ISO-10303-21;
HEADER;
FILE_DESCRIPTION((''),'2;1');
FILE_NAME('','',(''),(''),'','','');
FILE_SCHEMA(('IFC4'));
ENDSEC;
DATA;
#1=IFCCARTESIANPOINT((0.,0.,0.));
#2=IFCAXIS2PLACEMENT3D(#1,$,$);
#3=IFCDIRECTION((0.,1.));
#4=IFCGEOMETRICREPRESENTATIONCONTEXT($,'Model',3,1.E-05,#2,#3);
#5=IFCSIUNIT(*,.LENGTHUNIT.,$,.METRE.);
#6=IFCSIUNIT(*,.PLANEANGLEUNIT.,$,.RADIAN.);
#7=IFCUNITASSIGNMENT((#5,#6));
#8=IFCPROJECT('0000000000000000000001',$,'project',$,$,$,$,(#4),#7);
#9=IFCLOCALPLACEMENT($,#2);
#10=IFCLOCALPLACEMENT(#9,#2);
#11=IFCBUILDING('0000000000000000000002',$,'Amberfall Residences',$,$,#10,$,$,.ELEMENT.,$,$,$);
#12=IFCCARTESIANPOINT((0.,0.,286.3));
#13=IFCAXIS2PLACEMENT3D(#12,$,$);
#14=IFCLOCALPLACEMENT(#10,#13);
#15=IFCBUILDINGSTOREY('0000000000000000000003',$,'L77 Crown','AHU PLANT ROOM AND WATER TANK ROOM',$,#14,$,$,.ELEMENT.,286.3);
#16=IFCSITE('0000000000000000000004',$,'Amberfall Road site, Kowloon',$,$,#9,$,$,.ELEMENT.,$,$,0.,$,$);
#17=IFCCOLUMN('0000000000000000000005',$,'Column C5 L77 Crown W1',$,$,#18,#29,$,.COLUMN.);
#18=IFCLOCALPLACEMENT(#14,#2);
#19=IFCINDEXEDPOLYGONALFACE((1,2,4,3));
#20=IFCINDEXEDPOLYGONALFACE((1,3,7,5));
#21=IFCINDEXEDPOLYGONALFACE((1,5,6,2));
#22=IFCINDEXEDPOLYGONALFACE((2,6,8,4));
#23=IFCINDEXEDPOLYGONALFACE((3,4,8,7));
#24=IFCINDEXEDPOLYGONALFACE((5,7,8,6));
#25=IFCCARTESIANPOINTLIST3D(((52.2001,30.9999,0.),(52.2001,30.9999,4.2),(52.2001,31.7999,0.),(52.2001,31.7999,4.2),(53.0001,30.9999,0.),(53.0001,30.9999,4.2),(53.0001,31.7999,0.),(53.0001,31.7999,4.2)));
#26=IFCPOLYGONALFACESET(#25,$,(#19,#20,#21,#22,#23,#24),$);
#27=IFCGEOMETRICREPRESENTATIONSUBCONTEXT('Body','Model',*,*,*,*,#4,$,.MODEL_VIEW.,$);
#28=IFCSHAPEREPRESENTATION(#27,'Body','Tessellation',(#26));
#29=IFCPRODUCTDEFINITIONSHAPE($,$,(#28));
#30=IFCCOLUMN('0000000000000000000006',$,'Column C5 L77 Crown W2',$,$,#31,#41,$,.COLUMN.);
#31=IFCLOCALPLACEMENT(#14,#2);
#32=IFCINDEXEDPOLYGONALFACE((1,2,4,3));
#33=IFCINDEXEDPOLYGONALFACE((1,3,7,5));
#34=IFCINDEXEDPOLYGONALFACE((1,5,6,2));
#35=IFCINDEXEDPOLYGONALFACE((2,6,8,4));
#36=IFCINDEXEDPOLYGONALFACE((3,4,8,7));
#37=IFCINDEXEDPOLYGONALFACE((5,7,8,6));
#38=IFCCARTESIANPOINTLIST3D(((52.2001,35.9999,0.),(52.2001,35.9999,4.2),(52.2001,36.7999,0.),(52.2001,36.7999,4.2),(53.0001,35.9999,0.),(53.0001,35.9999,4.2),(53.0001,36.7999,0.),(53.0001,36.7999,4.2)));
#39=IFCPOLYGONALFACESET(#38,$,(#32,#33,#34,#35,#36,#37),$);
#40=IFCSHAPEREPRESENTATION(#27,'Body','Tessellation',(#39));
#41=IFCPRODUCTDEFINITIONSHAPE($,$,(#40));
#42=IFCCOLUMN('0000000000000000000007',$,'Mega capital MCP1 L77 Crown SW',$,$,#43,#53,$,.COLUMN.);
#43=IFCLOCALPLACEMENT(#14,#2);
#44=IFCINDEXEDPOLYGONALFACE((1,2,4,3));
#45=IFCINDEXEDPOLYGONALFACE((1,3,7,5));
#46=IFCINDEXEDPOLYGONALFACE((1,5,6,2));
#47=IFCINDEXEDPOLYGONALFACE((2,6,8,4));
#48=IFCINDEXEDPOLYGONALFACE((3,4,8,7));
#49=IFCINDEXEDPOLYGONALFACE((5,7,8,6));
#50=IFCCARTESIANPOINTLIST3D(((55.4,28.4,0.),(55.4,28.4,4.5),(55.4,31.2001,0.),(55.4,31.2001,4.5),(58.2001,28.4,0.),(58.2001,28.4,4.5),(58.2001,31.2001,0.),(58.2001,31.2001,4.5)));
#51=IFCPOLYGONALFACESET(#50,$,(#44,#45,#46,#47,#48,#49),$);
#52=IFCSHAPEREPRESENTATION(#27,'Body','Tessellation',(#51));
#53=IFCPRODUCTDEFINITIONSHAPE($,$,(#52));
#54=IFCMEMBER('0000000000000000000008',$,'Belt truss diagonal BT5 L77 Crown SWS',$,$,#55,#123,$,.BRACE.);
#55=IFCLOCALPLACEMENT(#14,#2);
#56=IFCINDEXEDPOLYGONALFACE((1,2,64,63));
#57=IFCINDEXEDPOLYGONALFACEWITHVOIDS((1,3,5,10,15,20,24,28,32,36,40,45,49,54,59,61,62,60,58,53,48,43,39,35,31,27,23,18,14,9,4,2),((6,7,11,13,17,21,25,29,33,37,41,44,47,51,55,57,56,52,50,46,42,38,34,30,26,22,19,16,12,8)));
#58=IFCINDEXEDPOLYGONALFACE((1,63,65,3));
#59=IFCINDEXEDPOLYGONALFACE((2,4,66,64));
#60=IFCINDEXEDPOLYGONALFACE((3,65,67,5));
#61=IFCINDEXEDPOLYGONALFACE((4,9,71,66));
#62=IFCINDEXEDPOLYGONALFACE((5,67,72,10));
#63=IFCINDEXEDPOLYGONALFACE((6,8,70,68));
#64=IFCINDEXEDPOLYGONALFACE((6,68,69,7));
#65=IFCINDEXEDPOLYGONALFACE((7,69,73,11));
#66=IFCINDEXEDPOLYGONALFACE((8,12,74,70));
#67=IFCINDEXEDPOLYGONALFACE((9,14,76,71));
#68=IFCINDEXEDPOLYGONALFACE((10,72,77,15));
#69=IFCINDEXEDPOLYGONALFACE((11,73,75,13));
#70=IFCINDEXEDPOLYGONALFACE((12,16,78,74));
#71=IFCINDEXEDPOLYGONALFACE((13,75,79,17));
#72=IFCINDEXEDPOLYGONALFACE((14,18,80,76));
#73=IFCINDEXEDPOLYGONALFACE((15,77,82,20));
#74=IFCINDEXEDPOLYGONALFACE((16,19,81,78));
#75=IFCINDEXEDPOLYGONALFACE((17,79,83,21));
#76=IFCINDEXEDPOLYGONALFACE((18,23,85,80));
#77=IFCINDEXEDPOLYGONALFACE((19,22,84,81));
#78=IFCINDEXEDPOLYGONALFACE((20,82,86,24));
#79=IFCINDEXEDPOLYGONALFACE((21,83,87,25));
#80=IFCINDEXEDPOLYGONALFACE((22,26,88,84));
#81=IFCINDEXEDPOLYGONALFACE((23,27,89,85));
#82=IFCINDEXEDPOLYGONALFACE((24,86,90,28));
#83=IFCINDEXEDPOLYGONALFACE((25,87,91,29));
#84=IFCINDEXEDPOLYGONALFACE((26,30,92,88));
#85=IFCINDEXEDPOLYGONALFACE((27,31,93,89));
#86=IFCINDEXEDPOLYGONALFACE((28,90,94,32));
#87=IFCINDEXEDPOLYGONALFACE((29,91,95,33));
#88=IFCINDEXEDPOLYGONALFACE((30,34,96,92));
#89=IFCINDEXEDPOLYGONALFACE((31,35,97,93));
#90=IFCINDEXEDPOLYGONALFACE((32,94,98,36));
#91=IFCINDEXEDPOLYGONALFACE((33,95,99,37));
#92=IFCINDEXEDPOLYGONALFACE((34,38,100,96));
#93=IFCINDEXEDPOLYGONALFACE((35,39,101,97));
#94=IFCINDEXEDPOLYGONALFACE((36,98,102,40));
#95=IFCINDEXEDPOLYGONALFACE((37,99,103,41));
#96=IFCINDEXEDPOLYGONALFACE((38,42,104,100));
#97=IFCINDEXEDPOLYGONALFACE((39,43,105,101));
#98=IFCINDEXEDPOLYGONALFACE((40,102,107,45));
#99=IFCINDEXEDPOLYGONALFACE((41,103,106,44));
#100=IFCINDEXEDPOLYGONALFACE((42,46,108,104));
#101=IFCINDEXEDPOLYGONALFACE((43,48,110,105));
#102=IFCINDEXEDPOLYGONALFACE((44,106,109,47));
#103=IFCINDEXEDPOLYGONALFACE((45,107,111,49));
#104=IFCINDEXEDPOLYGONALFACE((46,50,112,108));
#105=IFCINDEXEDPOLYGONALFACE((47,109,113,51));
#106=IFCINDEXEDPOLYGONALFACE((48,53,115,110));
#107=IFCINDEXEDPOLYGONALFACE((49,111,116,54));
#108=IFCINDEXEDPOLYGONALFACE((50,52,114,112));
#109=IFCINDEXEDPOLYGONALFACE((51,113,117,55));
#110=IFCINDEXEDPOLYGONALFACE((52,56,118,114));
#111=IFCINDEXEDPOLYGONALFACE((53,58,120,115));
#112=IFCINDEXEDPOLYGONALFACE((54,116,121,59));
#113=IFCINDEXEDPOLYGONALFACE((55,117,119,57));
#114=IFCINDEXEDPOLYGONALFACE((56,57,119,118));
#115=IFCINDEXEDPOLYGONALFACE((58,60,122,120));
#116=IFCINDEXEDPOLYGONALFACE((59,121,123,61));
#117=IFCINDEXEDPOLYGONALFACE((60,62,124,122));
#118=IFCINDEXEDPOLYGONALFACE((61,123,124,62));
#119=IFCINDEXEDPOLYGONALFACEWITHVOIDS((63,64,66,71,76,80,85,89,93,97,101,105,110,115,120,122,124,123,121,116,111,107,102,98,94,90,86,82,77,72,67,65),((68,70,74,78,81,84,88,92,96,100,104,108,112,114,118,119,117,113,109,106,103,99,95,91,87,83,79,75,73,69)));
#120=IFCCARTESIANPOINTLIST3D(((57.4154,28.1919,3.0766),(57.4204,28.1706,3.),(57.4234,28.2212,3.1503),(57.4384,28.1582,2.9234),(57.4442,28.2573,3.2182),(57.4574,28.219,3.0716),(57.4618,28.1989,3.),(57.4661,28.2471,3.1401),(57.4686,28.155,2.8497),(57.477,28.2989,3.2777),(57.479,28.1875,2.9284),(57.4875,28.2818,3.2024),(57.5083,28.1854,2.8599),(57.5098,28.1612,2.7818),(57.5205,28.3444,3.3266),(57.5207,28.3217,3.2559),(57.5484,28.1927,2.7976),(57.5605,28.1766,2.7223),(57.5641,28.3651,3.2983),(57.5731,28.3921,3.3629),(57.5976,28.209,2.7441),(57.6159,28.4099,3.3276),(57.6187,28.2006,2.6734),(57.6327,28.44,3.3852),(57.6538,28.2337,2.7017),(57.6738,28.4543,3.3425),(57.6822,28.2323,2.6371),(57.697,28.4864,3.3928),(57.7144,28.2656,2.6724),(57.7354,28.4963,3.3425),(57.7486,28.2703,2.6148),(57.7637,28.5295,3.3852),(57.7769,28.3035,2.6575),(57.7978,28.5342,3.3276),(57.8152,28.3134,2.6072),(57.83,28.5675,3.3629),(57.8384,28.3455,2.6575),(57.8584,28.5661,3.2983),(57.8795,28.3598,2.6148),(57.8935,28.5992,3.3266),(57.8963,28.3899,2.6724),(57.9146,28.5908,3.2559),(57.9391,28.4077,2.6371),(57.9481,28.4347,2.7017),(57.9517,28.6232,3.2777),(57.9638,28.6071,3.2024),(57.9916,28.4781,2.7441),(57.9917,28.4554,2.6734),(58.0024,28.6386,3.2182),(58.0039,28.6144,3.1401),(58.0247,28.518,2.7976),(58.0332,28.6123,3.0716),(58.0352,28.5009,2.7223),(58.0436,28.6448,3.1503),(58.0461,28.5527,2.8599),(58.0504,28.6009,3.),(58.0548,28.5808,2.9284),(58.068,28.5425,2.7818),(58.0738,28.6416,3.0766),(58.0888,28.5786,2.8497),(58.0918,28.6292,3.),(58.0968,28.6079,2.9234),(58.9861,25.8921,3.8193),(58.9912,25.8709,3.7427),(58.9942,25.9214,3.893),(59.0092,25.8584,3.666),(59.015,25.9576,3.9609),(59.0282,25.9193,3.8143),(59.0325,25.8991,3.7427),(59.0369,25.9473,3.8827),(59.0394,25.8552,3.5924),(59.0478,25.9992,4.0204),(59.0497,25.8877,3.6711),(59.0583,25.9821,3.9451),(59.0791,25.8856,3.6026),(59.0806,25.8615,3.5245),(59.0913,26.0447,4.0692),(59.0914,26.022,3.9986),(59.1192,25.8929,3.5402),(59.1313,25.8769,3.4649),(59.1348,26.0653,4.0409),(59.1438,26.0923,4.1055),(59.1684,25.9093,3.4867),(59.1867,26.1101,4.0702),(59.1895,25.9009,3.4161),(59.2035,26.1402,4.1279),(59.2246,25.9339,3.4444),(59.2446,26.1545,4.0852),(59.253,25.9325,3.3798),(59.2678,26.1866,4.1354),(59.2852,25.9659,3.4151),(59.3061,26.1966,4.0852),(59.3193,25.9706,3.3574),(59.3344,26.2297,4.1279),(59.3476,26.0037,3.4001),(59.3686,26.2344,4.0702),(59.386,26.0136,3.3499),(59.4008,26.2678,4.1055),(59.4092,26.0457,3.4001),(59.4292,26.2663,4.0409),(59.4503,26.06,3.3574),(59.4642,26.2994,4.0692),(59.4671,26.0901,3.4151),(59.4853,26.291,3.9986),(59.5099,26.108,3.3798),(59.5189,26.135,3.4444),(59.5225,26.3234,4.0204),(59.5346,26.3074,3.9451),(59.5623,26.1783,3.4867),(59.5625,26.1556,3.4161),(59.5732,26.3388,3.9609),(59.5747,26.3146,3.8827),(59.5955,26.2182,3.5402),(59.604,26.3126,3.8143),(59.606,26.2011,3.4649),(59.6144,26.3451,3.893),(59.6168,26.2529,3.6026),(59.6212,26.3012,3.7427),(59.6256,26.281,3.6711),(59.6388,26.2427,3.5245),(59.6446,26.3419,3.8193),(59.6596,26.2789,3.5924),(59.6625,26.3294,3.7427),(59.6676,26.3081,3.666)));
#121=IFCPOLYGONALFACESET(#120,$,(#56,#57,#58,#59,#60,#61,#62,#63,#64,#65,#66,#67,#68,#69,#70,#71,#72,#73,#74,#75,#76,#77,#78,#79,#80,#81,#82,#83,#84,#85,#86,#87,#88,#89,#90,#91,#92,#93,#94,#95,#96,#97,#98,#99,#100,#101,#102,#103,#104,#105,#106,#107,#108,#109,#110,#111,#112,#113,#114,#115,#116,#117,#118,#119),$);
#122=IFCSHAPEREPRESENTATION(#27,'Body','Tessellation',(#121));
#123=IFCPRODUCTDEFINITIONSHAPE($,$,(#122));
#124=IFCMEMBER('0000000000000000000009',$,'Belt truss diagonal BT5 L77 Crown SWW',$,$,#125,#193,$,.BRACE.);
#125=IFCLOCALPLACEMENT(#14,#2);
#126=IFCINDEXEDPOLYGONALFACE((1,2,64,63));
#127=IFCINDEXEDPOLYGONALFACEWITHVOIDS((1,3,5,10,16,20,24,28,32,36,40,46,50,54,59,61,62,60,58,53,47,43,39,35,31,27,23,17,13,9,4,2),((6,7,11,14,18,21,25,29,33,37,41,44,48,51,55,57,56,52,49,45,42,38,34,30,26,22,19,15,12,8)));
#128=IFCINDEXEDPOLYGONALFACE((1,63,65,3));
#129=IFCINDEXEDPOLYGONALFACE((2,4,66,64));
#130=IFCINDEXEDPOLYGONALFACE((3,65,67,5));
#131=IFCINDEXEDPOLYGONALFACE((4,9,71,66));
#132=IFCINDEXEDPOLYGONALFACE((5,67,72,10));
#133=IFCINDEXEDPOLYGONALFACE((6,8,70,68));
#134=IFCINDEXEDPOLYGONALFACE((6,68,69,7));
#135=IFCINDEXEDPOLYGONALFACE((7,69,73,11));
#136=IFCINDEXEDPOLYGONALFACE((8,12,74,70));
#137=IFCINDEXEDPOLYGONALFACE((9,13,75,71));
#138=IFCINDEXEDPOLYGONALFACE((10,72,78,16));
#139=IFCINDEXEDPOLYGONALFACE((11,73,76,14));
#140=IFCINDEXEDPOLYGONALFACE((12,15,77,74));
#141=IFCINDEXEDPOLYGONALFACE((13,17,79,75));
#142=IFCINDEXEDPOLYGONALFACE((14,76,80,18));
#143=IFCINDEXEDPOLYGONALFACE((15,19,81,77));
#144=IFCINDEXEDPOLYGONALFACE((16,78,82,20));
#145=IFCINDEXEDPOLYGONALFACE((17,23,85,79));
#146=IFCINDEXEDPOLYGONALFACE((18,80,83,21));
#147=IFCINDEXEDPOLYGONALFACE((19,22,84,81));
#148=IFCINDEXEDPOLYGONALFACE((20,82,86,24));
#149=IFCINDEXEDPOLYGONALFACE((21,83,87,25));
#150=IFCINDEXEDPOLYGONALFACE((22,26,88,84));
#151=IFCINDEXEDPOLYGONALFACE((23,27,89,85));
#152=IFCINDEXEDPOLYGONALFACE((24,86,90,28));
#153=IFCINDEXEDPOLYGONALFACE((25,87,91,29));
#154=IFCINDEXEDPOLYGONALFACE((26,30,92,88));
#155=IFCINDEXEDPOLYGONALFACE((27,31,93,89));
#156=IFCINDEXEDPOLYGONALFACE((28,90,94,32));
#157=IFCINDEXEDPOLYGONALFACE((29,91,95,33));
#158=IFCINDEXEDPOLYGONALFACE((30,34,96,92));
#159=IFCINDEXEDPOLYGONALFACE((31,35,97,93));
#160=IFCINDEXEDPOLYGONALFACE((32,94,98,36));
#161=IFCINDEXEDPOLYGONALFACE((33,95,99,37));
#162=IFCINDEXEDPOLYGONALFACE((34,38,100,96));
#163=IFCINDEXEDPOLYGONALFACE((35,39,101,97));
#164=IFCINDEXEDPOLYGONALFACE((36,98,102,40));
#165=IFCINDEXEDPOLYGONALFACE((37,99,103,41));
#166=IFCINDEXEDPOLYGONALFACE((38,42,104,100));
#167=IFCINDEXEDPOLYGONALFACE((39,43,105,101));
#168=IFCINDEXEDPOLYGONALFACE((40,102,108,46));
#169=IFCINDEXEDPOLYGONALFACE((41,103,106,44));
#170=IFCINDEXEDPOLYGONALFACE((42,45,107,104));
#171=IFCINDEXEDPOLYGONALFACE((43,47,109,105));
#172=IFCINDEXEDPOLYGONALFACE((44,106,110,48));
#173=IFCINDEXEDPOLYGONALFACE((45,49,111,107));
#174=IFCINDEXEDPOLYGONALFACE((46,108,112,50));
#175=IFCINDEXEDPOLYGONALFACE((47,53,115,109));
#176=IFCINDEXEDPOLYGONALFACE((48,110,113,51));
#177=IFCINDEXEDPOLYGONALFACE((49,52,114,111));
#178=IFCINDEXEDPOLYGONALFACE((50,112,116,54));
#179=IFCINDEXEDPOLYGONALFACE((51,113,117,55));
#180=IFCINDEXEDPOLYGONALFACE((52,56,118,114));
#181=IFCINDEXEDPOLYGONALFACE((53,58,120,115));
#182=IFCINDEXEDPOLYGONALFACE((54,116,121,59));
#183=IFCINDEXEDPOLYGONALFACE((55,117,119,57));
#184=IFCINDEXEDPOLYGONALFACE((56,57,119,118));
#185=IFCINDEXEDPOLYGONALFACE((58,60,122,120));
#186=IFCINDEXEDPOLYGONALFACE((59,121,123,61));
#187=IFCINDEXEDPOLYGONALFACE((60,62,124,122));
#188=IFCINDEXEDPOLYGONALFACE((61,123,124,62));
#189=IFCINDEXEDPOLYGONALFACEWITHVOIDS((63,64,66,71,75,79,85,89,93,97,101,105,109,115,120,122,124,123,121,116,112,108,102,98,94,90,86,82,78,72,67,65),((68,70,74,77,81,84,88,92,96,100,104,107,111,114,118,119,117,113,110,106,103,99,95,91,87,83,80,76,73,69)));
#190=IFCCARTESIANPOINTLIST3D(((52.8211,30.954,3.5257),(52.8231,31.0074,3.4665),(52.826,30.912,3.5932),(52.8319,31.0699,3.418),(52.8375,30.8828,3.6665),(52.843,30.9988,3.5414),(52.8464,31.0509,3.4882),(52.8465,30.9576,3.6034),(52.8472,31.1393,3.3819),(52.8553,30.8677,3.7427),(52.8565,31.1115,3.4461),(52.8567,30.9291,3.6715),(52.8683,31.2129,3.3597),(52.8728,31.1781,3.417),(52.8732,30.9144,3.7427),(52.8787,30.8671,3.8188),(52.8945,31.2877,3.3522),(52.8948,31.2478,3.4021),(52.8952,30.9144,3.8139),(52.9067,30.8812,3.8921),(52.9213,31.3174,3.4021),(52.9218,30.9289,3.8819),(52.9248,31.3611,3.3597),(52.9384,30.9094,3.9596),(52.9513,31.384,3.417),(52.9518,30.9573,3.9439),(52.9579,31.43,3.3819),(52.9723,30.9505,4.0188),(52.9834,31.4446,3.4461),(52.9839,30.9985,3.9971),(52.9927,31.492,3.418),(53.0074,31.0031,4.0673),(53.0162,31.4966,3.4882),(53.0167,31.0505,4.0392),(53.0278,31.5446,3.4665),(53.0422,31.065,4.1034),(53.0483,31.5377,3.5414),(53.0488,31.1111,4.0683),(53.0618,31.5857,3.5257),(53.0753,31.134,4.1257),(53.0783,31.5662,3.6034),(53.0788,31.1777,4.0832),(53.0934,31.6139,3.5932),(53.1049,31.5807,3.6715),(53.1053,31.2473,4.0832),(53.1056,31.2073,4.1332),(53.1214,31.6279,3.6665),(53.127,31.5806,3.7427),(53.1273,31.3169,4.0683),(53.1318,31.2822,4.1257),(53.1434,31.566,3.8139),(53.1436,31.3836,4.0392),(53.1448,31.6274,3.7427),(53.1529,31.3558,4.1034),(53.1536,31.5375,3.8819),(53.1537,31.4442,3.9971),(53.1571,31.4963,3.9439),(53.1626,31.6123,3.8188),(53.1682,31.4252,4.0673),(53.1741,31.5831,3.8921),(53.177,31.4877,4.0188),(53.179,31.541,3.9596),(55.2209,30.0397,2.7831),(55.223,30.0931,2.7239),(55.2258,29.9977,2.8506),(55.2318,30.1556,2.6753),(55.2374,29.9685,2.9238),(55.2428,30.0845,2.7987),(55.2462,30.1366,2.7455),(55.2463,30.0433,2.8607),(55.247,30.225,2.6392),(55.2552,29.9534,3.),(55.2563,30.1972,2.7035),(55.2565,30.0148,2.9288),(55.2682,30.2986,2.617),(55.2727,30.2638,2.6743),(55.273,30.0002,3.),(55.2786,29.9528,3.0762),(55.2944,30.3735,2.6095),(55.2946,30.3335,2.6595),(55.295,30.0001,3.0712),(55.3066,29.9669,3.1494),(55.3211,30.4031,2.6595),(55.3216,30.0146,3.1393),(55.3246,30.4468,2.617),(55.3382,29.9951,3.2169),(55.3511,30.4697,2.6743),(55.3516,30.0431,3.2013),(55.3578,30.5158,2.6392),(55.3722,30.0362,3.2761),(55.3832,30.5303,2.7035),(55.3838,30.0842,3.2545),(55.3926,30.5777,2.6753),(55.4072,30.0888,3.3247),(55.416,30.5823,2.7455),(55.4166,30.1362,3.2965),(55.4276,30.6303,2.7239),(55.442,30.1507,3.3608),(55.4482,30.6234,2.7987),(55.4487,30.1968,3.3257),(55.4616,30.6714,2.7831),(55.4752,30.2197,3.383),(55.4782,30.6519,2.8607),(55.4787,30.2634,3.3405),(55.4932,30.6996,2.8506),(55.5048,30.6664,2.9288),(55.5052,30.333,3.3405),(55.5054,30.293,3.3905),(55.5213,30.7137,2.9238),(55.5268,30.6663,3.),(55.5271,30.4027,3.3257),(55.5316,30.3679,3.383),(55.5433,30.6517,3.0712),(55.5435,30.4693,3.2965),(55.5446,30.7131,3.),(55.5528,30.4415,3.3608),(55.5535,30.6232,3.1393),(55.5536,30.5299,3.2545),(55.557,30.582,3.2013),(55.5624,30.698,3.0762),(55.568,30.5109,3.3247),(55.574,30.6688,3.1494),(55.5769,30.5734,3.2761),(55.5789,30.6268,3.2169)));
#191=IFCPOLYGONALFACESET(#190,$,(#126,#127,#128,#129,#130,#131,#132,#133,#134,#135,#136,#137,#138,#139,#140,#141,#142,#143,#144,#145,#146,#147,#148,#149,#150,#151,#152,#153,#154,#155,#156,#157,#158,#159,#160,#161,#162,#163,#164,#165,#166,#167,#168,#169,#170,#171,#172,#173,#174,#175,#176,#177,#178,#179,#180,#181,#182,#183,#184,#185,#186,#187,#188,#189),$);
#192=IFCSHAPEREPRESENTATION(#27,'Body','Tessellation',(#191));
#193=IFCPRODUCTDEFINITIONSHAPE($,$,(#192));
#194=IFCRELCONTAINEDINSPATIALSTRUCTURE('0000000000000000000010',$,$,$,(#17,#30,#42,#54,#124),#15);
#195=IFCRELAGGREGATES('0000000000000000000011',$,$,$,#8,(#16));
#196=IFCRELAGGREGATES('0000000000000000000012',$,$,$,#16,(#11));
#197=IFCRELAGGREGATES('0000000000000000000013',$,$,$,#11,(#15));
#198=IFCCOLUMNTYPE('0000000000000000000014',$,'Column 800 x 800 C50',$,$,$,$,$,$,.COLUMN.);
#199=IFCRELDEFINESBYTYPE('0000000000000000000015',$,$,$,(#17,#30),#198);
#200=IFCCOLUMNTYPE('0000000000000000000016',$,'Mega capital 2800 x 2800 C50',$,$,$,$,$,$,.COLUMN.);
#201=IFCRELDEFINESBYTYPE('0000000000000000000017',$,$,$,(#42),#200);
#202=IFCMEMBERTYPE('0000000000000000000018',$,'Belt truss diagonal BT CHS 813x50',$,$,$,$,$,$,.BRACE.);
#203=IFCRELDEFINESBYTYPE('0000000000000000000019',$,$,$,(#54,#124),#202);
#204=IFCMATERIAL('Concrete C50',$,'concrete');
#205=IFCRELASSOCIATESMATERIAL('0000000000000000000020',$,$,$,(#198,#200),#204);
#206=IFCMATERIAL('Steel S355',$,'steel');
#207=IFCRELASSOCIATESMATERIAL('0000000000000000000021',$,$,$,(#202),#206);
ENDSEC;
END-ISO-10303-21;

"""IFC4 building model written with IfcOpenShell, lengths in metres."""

from ifc_helpers import new_model, si_unit, direction, frame, origin, origin_2d, place, context, subcontext, project, spatial, rectangle, hollow_circle, extrude, material, material_profile, profile_set, type_object, element, save


model = new_model("IFC4")

# Units and contexts
model_context = context("Model", 3, precision=1e-05, world=origin(), true_north=direction((0.0, 1.0)))
body_context = subcontext(model_context, "Body", "Model", "MODEL_VIEW")
ifc_project = project(units=[si_unit("LENGTHUNIT", "METRE"), si_unit("PLANEANGLEUNIT", "RADIAN")], contexts=[model_context])

# Site, building, storey
site_placement = place(None, origin())
site = spatial("IfcSite", under=ifc_project, at=site_placement, Name="Amberfall Road site, Kowloon", CompositionType="ELEMENT", RefElevation=0.0)
building_placement = place(site_placement, origin())
building = spatial("IfcBuilding", under=site, at=building_placement, Name="Amberfall Residences", CompositionType="ELEMENT")
storey_placement = place(building_placement, frame((0.0, 0.0, 286.3)))
storey = spatial("IfcBuildingStorey", under=building, at=storey_placement, Name="L77 Crown", Description="AHU PLANT ROOM AND WATER TANK ROOM", CompositionType="ELEMENT", Elevation=286.3)

# Columns
ifc_material_1 = material(Name="Concrete C50", Category="concrete")
ifc_material_profile_1 = material_profile(ifc_material_1, rectangle(XDim=0.8, YDim=0.8, at=origin_2d()), Name="Column 800 x 800 C50")
ifc_profile_set_1 = profile_set([ifc_material_profile_1], Name="Concrete C50")
column_type_1 = type_object("IfcColumnType", Name="Column 800 x 800 C50", PredefinedType="COLUMN", material=ifc_profile_set_1)
for number, where, z_axis, x_axis, name in (
    (1, (52.6001, 31.3999, 0.0), (0.0, 0.0, 1.0), (1.0, 0.0, 0.0), "Column C5 L77 Crown W1"),
    (2, (52.6001, 36.3999, 0.0), (0.0, 0.0, 1.0), (1.0, 0.0, 0.0), "Column C5 L77 Crown W2"),
):
    element("IfcColumn", number, at=place(storey_placement, frame(where, z_axis=z_axis, x_axis=x_axis)), inside=storey, type_object=column_type_1, Name=name, PredefinedType="COLUMN", context=body_context, shape_type="SweptSolid", body=[
        extrude(rectangle(XDim=0.8, YDim=0.8, at=origin_2d()), origin(), (0.0, 0.0, 1.0), 4.2),
    ])
ifc_material_profile_2 = material_profile(ifc_material_1, rectangle(XDim=2.8, YDim=2.8, at=origin_2d()), Name="Mega capital 2800 x 2800 C50")
ifc_profile_set_2 = profile_set([ifc_material_profile_2], Name="Concrete C50")
column_type_2 = type_object("IfcColumnType", Name="Mega capital 2800 x 2800 C50", PredefinedType="COLUMN", material=ifc_profile_set_2)
column_placement = place(storey_placement, frame((56.8, 29.8, 0.0), z_axis=(0.0, 0.0, 1.0), x_axis=(1.0, 0.0, 0.0)))
element("IfcColumn", 3, at=column_placement, inside=storey, type_object=column_type_2, Name="Mega capital MCP1 L77 Crown SW", PredefinedType="COLUMN", context=body_context, shape_type="SweptSolid", body=[
    extrude(rectangle(XDim=2.8, YDim=2.8, at=origin_2d()), origin(), (0.0, 0.0, 1.0), 4.5),
])

# Members
ifc_material_2 = material(Name="Steel S355", Category="steel")
ifc_material_profile_3 = material_profile(ifc_material_2, hollow_circle(Radius=0.4065, WallThickness=0.05, at=origin_2d()), Name="CHS 813x50")
ifc_profile_set_3 = profile_set([ifc_material_profile_3], Name="Steel S355")
member_type_1 = type_object("IfcMemberType", Name="Belt truss diagonal BT CHS 813x50", PredefinedType="BRACE", material=ifc_profile_set_3)
member_1_placement = place(storey_placement, frame((57.7561, 28.3999, 3.0), z_axis=(0.544968, -0.797885, 0.257661), x_axis=(0.825767, 0.564011, 0.0)))
element("IfcMember", 4, at=member_1_placement, inside=storey, type_object=member_type_1, Name="Belt truss diagonal BT5 L77 Crown SWS", PredefinedType="BRACE", context=body_context, shape_type="SweptSolid", body=[
    extrude(hollow_circle(Radius=0.4065, WallThickness=0.05, at=origin_2d()), origin(), (0.0, 0.0, 1.0), 2.8823),
])
member_2_placement = place(storey_placement, frame((55.3999, 30.3333, 3.0), z_axis=(-0.897697, 0.342002, 0.277802), x_axis=(-0.356015, -0.93448, 0.0)))
element("IfcMember", 5, at=member_2_placement, inside=storey, type_object=member_type_1, Name="Belt truss diagonal BT5 L77 Crown SWW", PredefinedType="BRACE", context=body_context, shape_type="SweptSolid", body=[
    extrude(hollow_circle(Radius=0.4065, WallThickness=0.05, at=origin_2d()), origin(), (0.0, 0.0, 1.0), 2.6733),
])

save(model, "model.ifc")
